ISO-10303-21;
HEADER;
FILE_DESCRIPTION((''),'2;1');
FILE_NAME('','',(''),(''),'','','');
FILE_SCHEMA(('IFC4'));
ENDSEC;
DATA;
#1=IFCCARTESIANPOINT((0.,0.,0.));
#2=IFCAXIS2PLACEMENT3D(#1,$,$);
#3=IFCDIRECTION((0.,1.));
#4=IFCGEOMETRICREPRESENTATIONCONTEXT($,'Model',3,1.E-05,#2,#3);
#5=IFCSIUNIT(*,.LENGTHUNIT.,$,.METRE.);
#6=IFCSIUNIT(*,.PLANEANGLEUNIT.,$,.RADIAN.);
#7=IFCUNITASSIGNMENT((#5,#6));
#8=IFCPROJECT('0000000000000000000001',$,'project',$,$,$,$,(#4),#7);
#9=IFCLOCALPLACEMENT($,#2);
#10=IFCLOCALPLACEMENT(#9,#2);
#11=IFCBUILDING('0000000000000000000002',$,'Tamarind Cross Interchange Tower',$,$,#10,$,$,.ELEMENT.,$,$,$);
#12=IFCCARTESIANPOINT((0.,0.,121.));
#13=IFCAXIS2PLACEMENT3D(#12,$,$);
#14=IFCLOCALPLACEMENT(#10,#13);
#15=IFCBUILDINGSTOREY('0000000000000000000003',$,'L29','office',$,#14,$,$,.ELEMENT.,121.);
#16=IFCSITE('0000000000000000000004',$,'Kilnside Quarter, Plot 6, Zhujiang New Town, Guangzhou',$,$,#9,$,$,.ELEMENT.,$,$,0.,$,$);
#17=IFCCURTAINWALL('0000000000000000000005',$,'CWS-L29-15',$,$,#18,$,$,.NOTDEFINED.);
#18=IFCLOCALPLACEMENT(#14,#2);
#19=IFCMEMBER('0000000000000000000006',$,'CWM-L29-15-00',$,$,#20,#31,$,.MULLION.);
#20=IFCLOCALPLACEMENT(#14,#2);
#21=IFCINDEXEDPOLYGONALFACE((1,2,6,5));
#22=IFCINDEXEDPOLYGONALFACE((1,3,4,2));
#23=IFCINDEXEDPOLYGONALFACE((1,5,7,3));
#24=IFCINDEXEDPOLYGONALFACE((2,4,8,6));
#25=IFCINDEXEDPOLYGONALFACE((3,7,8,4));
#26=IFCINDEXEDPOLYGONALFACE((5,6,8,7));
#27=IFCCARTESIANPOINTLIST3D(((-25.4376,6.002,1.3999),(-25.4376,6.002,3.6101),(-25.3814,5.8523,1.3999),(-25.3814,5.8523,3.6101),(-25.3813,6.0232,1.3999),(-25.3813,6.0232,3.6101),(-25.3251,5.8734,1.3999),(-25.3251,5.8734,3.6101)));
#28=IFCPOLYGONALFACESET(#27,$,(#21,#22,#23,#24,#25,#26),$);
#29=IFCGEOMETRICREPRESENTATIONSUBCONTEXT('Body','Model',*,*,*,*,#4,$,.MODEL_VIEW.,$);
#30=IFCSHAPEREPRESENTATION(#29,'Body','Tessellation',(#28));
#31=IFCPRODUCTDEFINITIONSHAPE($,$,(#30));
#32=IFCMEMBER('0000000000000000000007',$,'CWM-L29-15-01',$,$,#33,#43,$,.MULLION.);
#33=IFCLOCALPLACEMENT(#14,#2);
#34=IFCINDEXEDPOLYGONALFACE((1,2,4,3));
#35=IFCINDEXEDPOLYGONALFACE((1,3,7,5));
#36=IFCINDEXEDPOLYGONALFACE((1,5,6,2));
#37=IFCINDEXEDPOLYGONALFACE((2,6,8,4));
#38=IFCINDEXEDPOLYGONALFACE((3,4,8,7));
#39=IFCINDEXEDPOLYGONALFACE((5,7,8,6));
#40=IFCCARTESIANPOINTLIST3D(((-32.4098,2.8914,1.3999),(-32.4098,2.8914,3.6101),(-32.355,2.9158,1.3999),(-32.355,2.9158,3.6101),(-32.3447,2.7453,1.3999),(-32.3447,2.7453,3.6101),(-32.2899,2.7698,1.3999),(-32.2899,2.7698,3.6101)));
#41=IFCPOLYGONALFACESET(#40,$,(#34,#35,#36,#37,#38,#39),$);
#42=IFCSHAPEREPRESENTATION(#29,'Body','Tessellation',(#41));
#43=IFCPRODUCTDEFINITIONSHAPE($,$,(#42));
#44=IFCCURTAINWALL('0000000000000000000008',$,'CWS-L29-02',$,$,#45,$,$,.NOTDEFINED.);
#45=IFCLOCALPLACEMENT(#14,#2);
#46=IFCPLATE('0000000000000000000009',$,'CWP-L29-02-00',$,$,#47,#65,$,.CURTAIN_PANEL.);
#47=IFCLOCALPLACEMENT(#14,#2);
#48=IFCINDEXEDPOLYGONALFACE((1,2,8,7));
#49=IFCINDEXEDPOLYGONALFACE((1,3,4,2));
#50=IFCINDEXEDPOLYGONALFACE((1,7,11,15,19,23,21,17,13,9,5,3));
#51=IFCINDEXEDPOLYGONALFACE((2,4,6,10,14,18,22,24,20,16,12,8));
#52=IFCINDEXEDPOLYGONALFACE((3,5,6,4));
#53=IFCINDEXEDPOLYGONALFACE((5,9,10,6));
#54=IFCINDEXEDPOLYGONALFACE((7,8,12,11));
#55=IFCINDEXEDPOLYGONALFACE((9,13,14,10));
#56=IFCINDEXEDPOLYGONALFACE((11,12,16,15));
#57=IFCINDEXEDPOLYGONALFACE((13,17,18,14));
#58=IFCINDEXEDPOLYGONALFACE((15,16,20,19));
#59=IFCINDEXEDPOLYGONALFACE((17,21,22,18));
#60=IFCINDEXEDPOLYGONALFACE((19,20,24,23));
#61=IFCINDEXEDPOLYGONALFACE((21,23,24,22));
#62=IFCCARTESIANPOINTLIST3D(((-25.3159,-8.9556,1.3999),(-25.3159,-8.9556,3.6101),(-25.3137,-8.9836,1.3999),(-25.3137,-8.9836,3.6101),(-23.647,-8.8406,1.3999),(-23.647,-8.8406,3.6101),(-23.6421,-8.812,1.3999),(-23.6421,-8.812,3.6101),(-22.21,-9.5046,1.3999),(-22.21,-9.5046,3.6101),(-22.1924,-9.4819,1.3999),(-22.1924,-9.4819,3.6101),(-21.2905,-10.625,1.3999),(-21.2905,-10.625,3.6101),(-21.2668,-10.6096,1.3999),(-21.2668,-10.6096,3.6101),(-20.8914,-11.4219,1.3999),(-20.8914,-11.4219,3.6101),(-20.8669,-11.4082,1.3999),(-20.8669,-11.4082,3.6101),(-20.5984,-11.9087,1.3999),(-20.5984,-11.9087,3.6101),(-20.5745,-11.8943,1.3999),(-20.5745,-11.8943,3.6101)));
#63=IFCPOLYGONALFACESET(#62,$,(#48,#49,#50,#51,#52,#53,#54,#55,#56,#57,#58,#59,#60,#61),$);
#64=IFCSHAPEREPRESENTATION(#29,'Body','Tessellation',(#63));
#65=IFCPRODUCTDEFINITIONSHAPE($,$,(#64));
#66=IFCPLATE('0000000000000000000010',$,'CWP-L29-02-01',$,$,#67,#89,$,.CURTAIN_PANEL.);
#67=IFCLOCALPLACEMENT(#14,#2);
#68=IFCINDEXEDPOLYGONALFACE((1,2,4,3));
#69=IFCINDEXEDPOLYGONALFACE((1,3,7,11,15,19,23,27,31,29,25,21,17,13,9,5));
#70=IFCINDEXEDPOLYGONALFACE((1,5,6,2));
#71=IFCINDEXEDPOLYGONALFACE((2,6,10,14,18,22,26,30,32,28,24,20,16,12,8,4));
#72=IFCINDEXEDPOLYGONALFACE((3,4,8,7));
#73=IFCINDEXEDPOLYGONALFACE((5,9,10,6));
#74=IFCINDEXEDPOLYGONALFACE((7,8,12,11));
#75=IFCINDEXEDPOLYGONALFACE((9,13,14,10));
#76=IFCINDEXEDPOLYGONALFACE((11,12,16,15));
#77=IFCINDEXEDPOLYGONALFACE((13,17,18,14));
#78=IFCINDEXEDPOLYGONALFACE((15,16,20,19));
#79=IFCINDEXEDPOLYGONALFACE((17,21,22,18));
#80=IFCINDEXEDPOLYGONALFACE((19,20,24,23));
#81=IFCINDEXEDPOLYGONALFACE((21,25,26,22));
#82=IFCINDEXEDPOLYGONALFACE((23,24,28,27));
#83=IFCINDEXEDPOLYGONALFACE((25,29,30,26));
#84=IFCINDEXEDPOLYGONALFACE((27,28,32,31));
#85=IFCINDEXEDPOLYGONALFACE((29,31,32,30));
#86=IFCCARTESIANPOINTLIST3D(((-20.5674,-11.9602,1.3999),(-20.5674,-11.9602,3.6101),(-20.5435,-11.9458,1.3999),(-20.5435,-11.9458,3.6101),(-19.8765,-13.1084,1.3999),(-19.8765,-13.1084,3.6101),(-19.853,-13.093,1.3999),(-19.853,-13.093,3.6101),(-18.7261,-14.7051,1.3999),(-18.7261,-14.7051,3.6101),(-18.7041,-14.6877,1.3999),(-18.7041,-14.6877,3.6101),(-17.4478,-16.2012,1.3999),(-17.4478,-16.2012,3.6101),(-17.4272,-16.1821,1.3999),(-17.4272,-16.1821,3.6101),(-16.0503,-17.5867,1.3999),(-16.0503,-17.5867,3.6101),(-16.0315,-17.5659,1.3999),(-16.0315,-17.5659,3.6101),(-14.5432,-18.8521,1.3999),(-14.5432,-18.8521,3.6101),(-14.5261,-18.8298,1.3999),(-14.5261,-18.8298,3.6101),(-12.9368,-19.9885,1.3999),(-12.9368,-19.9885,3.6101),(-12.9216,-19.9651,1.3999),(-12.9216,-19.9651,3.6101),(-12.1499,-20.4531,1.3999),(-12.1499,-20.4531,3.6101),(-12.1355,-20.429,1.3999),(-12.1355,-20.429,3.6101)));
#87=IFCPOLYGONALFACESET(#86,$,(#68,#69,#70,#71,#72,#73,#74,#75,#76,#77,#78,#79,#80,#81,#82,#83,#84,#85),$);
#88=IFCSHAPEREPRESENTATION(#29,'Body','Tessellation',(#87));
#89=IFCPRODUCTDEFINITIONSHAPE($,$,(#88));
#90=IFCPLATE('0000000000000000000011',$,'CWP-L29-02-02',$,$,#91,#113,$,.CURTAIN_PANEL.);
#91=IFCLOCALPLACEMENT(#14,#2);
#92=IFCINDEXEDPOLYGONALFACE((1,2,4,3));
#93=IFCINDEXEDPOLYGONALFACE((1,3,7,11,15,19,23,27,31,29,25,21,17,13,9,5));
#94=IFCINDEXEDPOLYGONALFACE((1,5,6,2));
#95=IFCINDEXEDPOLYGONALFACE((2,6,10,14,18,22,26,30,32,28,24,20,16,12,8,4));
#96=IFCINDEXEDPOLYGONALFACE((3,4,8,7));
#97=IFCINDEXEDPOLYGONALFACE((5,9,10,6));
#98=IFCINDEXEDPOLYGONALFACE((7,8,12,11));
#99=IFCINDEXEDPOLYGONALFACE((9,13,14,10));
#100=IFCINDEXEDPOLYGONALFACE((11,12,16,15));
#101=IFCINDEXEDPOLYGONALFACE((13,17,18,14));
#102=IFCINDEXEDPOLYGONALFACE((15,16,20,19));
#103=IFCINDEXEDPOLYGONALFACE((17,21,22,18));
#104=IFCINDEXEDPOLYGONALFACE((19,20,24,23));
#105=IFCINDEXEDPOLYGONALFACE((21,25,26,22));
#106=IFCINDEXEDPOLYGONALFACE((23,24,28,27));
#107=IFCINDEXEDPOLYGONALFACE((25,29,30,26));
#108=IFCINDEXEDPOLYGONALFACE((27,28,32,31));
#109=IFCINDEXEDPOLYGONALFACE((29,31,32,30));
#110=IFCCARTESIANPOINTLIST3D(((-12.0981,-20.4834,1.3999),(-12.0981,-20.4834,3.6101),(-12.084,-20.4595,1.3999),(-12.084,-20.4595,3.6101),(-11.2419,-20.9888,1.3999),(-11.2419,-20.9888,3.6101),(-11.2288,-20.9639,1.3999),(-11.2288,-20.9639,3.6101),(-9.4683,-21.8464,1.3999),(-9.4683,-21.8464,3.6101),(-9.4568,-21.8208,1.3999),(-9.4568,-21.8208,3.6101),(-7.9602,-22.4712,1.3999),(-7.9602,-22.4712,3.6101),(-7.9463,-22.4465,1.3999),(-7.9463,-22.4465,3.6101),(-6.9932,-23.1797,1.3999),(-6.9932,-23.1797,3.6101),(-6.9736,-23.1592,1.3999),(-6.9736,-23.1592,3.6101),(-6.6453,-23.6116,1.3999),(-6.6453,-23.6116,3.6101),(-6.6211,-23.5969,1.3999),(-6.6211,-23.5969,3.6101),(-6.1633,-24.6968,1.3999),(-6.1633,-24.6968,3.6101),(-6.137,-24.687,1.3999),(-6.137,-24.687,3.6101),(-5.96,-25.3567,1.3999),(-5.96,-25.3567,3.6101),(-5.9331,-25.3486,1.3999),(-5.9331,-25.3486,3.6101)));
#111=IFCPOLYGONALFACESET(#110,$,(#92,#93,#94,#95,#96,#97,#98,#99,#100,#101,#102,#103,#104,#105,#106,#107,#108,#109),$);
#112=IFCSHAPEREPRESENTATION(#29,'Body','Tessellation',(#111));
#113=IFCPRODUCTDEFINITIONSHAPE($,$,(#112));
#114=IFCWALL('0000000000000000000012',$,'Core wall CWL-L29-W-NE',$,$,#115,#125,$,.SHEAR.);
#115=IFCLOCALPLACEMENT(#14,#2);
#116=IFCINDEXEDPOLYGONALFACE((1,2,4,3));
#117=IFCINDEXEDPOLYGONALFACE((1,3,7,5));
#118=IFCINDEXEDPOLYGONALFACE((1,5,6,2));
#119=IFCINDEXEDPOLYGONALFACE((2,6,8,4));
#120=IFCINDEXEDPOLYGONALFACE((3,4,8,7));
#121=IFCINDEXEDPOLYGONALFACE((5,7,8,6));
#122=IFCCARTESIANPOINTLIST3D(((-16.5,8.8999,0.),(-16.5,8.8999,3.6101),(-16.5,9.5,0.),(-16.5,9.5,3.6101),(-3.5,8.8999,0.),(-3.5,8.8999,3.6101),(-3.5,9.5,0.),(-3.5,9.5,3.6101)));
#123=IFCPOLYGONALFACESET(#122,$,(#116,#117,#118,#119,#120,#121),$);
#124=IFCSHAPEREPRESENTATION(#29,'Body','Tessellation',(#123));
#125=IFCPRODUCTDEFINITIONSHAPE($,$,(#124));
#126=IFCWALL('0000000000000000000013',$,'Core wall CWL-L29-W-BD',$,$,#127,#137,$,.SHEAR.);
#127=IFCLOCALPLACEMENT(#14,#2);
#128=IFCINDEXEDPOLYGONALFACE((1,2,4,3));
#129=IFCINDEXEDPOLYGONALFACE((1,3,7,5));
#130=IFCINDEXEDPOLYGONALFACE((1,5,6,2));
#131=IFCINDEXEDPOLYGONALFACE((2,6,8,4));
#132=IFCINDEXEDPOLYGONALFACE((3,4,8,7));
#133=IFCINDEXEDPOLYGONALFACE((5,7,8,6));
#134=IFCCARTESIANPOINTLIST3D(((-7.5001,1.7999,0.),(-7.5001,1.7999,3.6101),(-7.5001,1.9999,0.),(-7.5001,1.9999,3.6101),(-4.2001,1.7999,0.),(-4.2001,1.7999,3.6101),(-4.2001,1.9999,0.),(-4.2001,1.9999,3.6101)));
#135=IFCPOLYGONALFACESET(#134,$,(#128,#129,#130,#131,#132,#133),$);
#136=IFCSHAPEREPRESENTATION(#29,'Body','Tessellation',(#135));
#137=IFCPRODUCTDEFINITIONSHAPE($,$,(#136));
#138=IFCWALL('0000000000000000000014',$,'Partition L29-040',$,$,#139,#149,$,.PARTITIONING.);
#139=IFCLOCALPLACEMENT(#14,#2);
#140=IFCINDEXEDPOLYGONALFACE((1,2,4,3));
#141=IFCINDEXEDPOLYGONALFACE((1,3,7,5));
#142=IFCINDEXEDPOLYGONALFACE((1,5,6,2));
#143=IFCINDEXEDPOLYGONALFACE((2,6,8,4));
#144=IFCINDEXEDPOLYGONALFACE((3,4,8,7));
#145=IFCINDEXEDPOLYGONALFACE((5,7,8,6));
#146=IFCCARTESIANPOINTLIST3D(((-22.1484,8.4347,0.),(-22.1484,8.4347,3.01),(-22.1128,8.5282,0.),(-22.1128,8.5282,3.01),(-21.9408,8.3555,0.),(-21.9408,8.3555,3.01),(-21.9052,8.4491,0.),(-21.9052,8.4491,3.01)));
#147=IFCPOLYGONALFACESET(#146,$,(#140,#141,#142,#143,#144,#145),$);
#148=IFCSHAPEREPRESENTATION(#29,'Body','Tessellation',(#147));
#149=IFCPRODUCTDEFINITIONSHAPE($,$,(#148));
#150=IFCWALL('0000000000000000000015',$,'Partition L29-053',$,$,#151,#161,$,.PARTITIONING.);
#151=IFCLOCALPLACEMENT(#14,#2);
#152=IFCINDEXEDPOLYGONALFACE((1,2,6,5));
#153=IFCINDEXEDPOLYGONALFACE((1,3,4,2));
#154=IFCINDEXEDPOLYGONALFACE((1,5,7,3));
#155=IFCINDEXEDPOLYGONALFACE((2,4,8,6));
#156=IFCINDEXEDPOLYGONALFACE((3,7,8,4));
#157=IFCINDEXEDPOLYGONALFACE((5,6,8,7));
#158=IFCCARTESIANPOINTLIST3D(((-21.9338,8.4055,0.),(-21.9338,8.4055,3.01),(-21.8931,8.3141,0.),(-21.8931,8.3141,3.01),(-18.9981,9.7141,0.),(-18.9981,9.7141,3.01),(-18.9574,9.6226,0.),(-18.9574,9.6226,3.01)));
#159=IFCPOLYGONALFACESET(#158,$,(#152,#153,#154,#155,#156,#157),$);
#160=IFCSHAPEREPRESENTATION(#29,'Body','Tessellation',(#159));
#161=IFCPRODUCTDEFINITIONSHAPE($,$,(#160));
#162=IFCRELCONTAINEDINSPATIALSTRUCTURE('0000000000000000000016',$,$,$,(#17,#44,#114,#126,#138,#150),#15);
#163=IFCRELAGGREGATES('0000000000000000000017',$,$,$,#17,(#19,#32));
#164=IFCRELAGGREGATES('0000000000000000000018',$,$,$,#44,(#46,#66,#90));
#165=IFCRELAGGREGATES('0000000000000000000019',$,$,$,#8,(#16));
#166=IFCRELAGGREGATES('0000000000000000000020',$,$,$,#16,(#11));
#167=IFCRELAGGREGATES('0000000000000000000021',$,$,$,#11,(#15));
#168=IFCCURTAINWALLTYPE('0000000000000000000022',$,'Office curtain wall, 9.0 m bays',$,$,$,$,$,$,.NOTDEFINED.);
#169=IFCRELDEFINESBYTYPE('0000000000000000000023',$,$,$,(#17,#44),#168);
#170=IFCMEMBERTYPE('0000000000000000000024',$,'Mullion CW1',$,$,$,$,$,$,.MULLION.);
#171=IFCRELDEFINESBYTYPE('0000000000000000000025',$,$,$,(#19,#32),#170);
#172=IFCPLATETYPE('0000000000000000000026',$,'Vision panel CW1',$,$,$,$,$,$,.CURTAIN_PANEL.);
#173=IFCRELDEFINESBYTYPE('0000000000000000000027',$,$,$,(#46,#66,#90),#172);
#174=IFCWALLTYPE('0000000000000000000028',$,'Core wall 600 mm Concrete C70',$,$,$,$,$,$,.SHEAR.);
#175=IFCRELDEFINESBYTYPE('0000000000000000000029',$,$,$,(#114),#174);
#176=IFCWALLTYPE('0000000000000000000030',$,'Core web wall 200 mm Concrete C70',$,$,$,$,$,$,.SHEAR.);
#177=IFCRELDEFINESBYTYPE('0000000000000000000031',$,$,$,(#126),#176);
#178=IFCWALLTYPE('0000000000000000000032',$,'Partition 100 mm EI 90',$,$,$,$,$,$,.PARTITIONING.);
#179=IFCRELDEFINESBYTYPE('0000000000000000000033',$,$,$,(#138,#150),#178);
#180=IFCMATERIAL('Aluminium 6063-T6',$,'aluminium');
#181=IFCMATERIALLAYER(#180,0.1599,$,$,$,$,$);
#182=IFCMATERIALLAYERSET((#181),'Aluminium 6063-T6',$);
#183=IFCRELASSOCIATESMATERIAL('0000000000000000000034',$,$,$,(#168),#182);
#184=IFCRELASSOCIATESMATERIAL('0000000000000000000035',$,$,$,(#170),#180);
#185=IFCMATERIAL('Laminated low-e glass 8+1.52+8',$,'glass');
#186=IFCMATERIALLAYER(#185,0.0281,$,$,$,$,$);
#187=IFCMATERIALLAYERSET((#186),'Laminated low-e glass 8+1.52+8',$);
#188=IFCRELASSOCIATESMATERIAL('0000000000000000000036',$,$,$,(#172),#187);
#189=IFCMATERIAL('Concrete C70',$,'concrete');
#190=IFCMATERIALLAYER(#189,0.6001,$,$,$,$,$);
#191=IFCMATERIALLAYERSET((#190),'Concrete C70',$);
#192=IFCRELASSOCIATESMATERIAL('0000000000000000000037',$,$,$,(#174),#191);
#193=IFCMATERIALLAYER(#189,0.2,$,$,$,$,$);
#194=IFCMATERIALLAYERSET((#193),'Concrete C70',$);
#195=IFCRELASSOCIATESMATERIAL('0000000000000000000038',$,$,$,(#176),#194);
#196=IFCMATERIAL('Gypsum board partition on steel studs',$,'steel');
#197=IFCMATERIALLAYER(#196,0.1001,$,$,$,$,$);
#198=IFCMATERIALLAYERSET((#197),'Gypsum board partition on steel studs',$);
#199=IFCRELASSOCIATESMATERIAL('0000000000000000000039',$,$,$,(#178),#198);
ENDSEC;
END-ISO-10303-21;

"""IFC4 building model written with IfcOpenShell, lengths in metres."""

from ifc_helpers import new_model, si_unit, direction, frame, frame_2d, origin, origin_2d, place, context, subcontext, project, spatial, polyline, rectangle, outline, extrude, material, layer, layer_set, material_profile, profile_set, type_object, element, aggregate, save


model = new_model("IFC4")

# Units and contexts
model_context = context("Model", 3, precision=1e-05, world=origin(), true_north=direction((0.0, 1.0)))
body_context = subcontext(model_context, "Body", "Model", "MODEL_VIEW")
ifc_project = project(units=[si_unit("LENGTHUNIT", "METRE"), si_unit("PLANEANGLEUNIT", "RADIAN")], contexts=[model_context])

# Site, building, storey
site_placement = place(None, origin())
site = spatial("IfcSite", under=ifc_project, at=site_placement, Name="Kilnside Quarter, Plot 6, Zhujiang New Town, Guangzhou", CompositionType="ELEMENT", RefElevation=0.0)
building_placement = place(site_placement, origin())
building = spatial("IfcBuilding", under=site, at=building_placement, Name="Tamarind Cross Interchange Tower", CompositionType="ELEMENT")
storey_placement = place(building_placement, frame((0.0, 0.0, 121.0)))
storey = spatial("IfcBuildingStorey", under=building, at=storey_placement, Name="L29", Description="office", CompositionType="ELEMENT", Elevation=121.0)

# Curtain wall, members
ifc_material_1 = material(Name="Aluminium 6063-T6", Category="aluminium")
ifc_layer_1 = layer(ifc_material_1, 0.1599)
ifc_layer_set_1 = layer_set([ifc_layer_1], Name="Aluminium 6063-T6")
curtain_wall_type = type_object("IfcCurtainWallType", Name="Office curtain wall, 9.0 m bays", PredefinedType="NOTDEFINED", material=ifc_layer_set_1)
curtain_wall_1_placement = place(storey_placement, origin())
curtain_wall_1 = element("IfcCurtainWall", 1, at=curtain_wall_1_placement, inside=storey, type_object=curtain_wall_type, Name="CWS-L29-15", PredefinedType="NOTDEFINED")
ifc_material_profile_1 = material_profile(ifc_material_1, rectangle(XDim=0.0601, YDim=0.1599, at=origin_2d()), Name="Mullion CW1")
ifc_profile_set_1 = profile_set([ifc_material_profile_1], Name="Aluminium 6063-T6")
member_type = type_object("IfcMemberType", Name="Mullion CW1", PredefinedType="MULLION", material=ifc_profile_set_1)
member_1_placement = place(storey_placement, frame((-25.3813, 5.9377, 1.3999), z_axis=(0.0, 0.0, 1.0), x_axis=(-0.936175, -0.351534, 0.0)))
member_1 = element("IfcMember", 2, at=member_1_placement, type_object=member_type, Name="CWM-L29-15-00", PredefinedType="MULLION", context=body_context, shape_type="SweptSolid", body=[
    extrude(rectangle(XDim=0.0601, YDim=0.1599, at=origin_2d()), origin(), (0.0, 0.0, 1.0), 2.2102),
])
member_2_placement = place(storey_placement, frame((-32.3499, 2.8306, 1.3999), z_axis=(0.0, 0.0, 1.0), x_axis=(-0.91333, -0.407221, 0.0)))
member_2 = element("IfcMember", 3, at=member_2_placement, type_object=member_type, Name="CWM-L29-15-01", PredefinedType="MULLION", context=body_context, shape_type="SweptSolid", body=[
    extrude(rectangle(XDim=0.0601, YDim=0.1599, at=origin_2d()), origin(), (0.0, 0.0, 1.0), 2.2102),
])
aggregate(curtain_wall_1, [member_1, member_2])

# Curtain wall, plates
curtain_wall_2_placement = place(storey_placement, origin())
curtain_wall_2 = element("IfcCurtainWall", 4, at=curtain_wall_2_placement, inside=storey, type_object=curtain_wall_type, Name="CWS-L29-02", PredefinedType="NOTDEFINED")
ifc_material_2 = material(Name="Laminated low-e glass 8+1.52+8", Category="glass")
ifc_layer_2 = layer(ifc_material_2, 0.0281)
ifc_layer_set_2 = layer_set([ifc_layer_2], Name="Laminated low-e glass 8+1.52+8")
plate_type = type_object("IfcPlateType", Name="Vision panel CW1", PredefinedType="CURTAIN_PANEL", material=ifc_layer_set_2)
plate_1_placement = place(storey_placement, frame((0.0, 0.0, 1.3999)))
plate_1 = element("IfcPlate", 5, at=plate_1_placement, type_object=plate_type, Name="CWP-L29-02-00", PredefinedType="CURTAIN_PANEL", context=body_context, shape_type="SweptSolid", body=[
    extrude(outline(polyline([(-25.3159, -8.9556), (-23.6421, -8.812), (-22.1924, -9.4819), (-21.2668, -10.6096), (-20.8669, -11.4082), (-20.5745, -11.8943), (-20.5984, -11.9087), (-20.8914, -11.4219), (-21.2905, -10.625), (-22.21, -9.5046), (-23.647, -8.8406), (-25.3137, -8.9836), (-25.3159, -8.9556)])), origin(), (0.0, 0.0, 1.0), 2.2102),
])
plate_2_placement = place(storey_placement, frame((0.0, 0.0, 1.3999)))
plate_2 = element("IfcPlate", 6, at=plate_2_placement, type_object=plate_type, Name="CWP-L29-02-01", PredefinedType="CURTAIN_PANEL", context=body_context, shape_type="SweptSolid", body=[
    extrude(outline(polyline([(-20.5435, -11.9458), (-19.853, -13.093), (-18.7041, -14.6877), (-17.4272, -16.1821), (-16.0315, -17.5659), (-14.5261, -18.8298), (-12.9216, -19.9651), (-12.1355, -20.429), (-12.1499, -20.4531), (-12.9368, -19.9885), (-14.5432, -18.8521), (-16.0503, -17.5867), (-17.4478, -16.2012), (-18.7261, -14.7051), (-19.8765, -13.1084), (-20.5674, -11.9602), (-20.5435, -11.9458)])), origin(), (0.0, 0.0, 1.0), 2.2102),
])
plate_3_placement = place(storey_placement, frame((0.0, 0.0, 1.3999)))
plate_3 = element("IfcPlate", 7, at=plate_3_placement, type_object=plate_type, Name="CWP-L29-02-02", PredefinedType="CURTAIN_PANEL", context=body_context, shape_type="SweptSolid", body=[
    extrude(outline(polyline([(-12.084, -20.4595), (-11.2288, -20.9639), (-9.4568, -21.8208), (-7.9463, -22.4465), (-6.9736, -23.1592), (-6.6211, -23.5969), (-6.137, -24.687), (-5.9331, -25.3486), (-5.96, -25.3567), (-6.1633, -24.6968), (-6.6453, -23.6116), (-6.9932, -23.1797), (-7.9602, -22.4712), (-9.4683, -21.8464), (-11.2419, -20.9888), (-12.0981, -20.4834), (-12.084, -20.4595)])), origin(), (0.0, 0.0, 1.0), 2.2102),
])
aggregate(curtain_wall_2, [plate_1, plate_2, plate_3])

# Walls
ifc_material_3 = material(Name="Concrete C70", Category="concrete")
ifc_layer_3 = layer(ifc_material_3, 0.6001)
ifc_layer_set_3 = layer_set([ifc_layer_3], Name="Concrete C70")
wall_type_1 = type_object("IfcWallType", Name="Core wall 600 mm Concrete C70", PredefinedType="SHEAR", material=ifc_layer_set_3)
wall_1_placement = place(storey_placement, frame((-16.5, 9.2, 0.0), z_axis=(0.0, 0.0, 1.0), x_axis=(1.0, 0.0, 0.0)))
element("IfcWall", 8, at=wall_1_placement, inside=storey, type_object=wall_type_1, Name="Core wall CWL-L29-W-NE", PredefinedType="SHEAR", context=body_context, shape_type="SweptSolid", body=[
    extrude(rectangle(XDim=13.0, YDim=0.6001, at=frame_2d((6.5, 0.0))), origin(), (0.0, 0.0, 1.0), 3.6101),
])
ifc_layer_4 = layer(ifc_material_3, 0.2)
ifc_layer_set_4 = layer_set([ifc_layer_4], Name="Concrete C70")
wall_type_2 = type_object("IfcWallType", Name="Core web wall 200 mm Concrete C70", PredefinedType="SHEAR", material=ifc_layer_set_4)
wall_2_placement = place(storey_placement, frame((-7.5, 1.8999, 0.0), z_axis=(0.0, 0.0, 1.0), x_axis=(1.0, 0.0, 0.0)))
element("IfcWall", 9, at=wall_2_placement, inside=storey, type_object=wall_type_2, Name="Core wall CWL-L29-W-BD", PredefinedType="SHEAR", context=body_context, shape_type="SweptSolid", body=[
    extrude(rectangle(XDim=3.3, YDim=0.2, at=frame_2d((1.6499, 0.0))), origin(), (0.0, 0.0, 1.0), 3.6101),
])
ifc_material_4 = material(Name="Gypsum board partition on steel studs", Category="steel")
ifc_layer_5 = layer(ifc_material_4, 0.1001)
ifc_layer_set_5 = layer_set([ifc_layer_5], Name="Gypsum board partition on steel studs")
wall_type_3 = type_object("IfcWallType", Name="Partition 100 mm EI 90", PredefinedType="PARTITIONING", material=ifc_layer_set_5)
wall_3_placement = place(storey_placement, frame((-22.1306, 8.4814, 0.0), z_axis=(0.0, 0.0, 1.0), x_axis=(0.934418, -0.356178, 0.0)))
element("IfcWall", 10, at=wall_3_placement, inside=storey, type_object=wall_type_3, Name="Partition L29-040", PredefinedType="PARTITIONING", context=body_context, shape_type="SweptSolid", body=[
    extrude(rectangle(XDim=0.2222, YDim=0.1001, at=frame_2d((0.1111, 0.0))), origin(), (0.0, 0.0, 1.0), 3.01),
])
wall_4_placement = place(storey_placement, frame((-21.9133, 8.3599, 0.0), z_axis=(0.0, 0.0, 1.0), x_axis=(0.913373, 0.407125, 0.0)))
element("IfcWall", 11, at=wall_4_placement, inside=storey, type_object=wall_type_3, Name="Partition L29-053", PredefinedType="PARTITIONING", context=body_context, shape_type="SweptSolid", body=[
    extrude(rectangle(XDim=3.2141, YDim=0.1001, at=frame_2d((1.6069, 0.0))), origin(), (0.0, 0.0, 1.0), 3.01),
])

save(model, "model.ifc")
